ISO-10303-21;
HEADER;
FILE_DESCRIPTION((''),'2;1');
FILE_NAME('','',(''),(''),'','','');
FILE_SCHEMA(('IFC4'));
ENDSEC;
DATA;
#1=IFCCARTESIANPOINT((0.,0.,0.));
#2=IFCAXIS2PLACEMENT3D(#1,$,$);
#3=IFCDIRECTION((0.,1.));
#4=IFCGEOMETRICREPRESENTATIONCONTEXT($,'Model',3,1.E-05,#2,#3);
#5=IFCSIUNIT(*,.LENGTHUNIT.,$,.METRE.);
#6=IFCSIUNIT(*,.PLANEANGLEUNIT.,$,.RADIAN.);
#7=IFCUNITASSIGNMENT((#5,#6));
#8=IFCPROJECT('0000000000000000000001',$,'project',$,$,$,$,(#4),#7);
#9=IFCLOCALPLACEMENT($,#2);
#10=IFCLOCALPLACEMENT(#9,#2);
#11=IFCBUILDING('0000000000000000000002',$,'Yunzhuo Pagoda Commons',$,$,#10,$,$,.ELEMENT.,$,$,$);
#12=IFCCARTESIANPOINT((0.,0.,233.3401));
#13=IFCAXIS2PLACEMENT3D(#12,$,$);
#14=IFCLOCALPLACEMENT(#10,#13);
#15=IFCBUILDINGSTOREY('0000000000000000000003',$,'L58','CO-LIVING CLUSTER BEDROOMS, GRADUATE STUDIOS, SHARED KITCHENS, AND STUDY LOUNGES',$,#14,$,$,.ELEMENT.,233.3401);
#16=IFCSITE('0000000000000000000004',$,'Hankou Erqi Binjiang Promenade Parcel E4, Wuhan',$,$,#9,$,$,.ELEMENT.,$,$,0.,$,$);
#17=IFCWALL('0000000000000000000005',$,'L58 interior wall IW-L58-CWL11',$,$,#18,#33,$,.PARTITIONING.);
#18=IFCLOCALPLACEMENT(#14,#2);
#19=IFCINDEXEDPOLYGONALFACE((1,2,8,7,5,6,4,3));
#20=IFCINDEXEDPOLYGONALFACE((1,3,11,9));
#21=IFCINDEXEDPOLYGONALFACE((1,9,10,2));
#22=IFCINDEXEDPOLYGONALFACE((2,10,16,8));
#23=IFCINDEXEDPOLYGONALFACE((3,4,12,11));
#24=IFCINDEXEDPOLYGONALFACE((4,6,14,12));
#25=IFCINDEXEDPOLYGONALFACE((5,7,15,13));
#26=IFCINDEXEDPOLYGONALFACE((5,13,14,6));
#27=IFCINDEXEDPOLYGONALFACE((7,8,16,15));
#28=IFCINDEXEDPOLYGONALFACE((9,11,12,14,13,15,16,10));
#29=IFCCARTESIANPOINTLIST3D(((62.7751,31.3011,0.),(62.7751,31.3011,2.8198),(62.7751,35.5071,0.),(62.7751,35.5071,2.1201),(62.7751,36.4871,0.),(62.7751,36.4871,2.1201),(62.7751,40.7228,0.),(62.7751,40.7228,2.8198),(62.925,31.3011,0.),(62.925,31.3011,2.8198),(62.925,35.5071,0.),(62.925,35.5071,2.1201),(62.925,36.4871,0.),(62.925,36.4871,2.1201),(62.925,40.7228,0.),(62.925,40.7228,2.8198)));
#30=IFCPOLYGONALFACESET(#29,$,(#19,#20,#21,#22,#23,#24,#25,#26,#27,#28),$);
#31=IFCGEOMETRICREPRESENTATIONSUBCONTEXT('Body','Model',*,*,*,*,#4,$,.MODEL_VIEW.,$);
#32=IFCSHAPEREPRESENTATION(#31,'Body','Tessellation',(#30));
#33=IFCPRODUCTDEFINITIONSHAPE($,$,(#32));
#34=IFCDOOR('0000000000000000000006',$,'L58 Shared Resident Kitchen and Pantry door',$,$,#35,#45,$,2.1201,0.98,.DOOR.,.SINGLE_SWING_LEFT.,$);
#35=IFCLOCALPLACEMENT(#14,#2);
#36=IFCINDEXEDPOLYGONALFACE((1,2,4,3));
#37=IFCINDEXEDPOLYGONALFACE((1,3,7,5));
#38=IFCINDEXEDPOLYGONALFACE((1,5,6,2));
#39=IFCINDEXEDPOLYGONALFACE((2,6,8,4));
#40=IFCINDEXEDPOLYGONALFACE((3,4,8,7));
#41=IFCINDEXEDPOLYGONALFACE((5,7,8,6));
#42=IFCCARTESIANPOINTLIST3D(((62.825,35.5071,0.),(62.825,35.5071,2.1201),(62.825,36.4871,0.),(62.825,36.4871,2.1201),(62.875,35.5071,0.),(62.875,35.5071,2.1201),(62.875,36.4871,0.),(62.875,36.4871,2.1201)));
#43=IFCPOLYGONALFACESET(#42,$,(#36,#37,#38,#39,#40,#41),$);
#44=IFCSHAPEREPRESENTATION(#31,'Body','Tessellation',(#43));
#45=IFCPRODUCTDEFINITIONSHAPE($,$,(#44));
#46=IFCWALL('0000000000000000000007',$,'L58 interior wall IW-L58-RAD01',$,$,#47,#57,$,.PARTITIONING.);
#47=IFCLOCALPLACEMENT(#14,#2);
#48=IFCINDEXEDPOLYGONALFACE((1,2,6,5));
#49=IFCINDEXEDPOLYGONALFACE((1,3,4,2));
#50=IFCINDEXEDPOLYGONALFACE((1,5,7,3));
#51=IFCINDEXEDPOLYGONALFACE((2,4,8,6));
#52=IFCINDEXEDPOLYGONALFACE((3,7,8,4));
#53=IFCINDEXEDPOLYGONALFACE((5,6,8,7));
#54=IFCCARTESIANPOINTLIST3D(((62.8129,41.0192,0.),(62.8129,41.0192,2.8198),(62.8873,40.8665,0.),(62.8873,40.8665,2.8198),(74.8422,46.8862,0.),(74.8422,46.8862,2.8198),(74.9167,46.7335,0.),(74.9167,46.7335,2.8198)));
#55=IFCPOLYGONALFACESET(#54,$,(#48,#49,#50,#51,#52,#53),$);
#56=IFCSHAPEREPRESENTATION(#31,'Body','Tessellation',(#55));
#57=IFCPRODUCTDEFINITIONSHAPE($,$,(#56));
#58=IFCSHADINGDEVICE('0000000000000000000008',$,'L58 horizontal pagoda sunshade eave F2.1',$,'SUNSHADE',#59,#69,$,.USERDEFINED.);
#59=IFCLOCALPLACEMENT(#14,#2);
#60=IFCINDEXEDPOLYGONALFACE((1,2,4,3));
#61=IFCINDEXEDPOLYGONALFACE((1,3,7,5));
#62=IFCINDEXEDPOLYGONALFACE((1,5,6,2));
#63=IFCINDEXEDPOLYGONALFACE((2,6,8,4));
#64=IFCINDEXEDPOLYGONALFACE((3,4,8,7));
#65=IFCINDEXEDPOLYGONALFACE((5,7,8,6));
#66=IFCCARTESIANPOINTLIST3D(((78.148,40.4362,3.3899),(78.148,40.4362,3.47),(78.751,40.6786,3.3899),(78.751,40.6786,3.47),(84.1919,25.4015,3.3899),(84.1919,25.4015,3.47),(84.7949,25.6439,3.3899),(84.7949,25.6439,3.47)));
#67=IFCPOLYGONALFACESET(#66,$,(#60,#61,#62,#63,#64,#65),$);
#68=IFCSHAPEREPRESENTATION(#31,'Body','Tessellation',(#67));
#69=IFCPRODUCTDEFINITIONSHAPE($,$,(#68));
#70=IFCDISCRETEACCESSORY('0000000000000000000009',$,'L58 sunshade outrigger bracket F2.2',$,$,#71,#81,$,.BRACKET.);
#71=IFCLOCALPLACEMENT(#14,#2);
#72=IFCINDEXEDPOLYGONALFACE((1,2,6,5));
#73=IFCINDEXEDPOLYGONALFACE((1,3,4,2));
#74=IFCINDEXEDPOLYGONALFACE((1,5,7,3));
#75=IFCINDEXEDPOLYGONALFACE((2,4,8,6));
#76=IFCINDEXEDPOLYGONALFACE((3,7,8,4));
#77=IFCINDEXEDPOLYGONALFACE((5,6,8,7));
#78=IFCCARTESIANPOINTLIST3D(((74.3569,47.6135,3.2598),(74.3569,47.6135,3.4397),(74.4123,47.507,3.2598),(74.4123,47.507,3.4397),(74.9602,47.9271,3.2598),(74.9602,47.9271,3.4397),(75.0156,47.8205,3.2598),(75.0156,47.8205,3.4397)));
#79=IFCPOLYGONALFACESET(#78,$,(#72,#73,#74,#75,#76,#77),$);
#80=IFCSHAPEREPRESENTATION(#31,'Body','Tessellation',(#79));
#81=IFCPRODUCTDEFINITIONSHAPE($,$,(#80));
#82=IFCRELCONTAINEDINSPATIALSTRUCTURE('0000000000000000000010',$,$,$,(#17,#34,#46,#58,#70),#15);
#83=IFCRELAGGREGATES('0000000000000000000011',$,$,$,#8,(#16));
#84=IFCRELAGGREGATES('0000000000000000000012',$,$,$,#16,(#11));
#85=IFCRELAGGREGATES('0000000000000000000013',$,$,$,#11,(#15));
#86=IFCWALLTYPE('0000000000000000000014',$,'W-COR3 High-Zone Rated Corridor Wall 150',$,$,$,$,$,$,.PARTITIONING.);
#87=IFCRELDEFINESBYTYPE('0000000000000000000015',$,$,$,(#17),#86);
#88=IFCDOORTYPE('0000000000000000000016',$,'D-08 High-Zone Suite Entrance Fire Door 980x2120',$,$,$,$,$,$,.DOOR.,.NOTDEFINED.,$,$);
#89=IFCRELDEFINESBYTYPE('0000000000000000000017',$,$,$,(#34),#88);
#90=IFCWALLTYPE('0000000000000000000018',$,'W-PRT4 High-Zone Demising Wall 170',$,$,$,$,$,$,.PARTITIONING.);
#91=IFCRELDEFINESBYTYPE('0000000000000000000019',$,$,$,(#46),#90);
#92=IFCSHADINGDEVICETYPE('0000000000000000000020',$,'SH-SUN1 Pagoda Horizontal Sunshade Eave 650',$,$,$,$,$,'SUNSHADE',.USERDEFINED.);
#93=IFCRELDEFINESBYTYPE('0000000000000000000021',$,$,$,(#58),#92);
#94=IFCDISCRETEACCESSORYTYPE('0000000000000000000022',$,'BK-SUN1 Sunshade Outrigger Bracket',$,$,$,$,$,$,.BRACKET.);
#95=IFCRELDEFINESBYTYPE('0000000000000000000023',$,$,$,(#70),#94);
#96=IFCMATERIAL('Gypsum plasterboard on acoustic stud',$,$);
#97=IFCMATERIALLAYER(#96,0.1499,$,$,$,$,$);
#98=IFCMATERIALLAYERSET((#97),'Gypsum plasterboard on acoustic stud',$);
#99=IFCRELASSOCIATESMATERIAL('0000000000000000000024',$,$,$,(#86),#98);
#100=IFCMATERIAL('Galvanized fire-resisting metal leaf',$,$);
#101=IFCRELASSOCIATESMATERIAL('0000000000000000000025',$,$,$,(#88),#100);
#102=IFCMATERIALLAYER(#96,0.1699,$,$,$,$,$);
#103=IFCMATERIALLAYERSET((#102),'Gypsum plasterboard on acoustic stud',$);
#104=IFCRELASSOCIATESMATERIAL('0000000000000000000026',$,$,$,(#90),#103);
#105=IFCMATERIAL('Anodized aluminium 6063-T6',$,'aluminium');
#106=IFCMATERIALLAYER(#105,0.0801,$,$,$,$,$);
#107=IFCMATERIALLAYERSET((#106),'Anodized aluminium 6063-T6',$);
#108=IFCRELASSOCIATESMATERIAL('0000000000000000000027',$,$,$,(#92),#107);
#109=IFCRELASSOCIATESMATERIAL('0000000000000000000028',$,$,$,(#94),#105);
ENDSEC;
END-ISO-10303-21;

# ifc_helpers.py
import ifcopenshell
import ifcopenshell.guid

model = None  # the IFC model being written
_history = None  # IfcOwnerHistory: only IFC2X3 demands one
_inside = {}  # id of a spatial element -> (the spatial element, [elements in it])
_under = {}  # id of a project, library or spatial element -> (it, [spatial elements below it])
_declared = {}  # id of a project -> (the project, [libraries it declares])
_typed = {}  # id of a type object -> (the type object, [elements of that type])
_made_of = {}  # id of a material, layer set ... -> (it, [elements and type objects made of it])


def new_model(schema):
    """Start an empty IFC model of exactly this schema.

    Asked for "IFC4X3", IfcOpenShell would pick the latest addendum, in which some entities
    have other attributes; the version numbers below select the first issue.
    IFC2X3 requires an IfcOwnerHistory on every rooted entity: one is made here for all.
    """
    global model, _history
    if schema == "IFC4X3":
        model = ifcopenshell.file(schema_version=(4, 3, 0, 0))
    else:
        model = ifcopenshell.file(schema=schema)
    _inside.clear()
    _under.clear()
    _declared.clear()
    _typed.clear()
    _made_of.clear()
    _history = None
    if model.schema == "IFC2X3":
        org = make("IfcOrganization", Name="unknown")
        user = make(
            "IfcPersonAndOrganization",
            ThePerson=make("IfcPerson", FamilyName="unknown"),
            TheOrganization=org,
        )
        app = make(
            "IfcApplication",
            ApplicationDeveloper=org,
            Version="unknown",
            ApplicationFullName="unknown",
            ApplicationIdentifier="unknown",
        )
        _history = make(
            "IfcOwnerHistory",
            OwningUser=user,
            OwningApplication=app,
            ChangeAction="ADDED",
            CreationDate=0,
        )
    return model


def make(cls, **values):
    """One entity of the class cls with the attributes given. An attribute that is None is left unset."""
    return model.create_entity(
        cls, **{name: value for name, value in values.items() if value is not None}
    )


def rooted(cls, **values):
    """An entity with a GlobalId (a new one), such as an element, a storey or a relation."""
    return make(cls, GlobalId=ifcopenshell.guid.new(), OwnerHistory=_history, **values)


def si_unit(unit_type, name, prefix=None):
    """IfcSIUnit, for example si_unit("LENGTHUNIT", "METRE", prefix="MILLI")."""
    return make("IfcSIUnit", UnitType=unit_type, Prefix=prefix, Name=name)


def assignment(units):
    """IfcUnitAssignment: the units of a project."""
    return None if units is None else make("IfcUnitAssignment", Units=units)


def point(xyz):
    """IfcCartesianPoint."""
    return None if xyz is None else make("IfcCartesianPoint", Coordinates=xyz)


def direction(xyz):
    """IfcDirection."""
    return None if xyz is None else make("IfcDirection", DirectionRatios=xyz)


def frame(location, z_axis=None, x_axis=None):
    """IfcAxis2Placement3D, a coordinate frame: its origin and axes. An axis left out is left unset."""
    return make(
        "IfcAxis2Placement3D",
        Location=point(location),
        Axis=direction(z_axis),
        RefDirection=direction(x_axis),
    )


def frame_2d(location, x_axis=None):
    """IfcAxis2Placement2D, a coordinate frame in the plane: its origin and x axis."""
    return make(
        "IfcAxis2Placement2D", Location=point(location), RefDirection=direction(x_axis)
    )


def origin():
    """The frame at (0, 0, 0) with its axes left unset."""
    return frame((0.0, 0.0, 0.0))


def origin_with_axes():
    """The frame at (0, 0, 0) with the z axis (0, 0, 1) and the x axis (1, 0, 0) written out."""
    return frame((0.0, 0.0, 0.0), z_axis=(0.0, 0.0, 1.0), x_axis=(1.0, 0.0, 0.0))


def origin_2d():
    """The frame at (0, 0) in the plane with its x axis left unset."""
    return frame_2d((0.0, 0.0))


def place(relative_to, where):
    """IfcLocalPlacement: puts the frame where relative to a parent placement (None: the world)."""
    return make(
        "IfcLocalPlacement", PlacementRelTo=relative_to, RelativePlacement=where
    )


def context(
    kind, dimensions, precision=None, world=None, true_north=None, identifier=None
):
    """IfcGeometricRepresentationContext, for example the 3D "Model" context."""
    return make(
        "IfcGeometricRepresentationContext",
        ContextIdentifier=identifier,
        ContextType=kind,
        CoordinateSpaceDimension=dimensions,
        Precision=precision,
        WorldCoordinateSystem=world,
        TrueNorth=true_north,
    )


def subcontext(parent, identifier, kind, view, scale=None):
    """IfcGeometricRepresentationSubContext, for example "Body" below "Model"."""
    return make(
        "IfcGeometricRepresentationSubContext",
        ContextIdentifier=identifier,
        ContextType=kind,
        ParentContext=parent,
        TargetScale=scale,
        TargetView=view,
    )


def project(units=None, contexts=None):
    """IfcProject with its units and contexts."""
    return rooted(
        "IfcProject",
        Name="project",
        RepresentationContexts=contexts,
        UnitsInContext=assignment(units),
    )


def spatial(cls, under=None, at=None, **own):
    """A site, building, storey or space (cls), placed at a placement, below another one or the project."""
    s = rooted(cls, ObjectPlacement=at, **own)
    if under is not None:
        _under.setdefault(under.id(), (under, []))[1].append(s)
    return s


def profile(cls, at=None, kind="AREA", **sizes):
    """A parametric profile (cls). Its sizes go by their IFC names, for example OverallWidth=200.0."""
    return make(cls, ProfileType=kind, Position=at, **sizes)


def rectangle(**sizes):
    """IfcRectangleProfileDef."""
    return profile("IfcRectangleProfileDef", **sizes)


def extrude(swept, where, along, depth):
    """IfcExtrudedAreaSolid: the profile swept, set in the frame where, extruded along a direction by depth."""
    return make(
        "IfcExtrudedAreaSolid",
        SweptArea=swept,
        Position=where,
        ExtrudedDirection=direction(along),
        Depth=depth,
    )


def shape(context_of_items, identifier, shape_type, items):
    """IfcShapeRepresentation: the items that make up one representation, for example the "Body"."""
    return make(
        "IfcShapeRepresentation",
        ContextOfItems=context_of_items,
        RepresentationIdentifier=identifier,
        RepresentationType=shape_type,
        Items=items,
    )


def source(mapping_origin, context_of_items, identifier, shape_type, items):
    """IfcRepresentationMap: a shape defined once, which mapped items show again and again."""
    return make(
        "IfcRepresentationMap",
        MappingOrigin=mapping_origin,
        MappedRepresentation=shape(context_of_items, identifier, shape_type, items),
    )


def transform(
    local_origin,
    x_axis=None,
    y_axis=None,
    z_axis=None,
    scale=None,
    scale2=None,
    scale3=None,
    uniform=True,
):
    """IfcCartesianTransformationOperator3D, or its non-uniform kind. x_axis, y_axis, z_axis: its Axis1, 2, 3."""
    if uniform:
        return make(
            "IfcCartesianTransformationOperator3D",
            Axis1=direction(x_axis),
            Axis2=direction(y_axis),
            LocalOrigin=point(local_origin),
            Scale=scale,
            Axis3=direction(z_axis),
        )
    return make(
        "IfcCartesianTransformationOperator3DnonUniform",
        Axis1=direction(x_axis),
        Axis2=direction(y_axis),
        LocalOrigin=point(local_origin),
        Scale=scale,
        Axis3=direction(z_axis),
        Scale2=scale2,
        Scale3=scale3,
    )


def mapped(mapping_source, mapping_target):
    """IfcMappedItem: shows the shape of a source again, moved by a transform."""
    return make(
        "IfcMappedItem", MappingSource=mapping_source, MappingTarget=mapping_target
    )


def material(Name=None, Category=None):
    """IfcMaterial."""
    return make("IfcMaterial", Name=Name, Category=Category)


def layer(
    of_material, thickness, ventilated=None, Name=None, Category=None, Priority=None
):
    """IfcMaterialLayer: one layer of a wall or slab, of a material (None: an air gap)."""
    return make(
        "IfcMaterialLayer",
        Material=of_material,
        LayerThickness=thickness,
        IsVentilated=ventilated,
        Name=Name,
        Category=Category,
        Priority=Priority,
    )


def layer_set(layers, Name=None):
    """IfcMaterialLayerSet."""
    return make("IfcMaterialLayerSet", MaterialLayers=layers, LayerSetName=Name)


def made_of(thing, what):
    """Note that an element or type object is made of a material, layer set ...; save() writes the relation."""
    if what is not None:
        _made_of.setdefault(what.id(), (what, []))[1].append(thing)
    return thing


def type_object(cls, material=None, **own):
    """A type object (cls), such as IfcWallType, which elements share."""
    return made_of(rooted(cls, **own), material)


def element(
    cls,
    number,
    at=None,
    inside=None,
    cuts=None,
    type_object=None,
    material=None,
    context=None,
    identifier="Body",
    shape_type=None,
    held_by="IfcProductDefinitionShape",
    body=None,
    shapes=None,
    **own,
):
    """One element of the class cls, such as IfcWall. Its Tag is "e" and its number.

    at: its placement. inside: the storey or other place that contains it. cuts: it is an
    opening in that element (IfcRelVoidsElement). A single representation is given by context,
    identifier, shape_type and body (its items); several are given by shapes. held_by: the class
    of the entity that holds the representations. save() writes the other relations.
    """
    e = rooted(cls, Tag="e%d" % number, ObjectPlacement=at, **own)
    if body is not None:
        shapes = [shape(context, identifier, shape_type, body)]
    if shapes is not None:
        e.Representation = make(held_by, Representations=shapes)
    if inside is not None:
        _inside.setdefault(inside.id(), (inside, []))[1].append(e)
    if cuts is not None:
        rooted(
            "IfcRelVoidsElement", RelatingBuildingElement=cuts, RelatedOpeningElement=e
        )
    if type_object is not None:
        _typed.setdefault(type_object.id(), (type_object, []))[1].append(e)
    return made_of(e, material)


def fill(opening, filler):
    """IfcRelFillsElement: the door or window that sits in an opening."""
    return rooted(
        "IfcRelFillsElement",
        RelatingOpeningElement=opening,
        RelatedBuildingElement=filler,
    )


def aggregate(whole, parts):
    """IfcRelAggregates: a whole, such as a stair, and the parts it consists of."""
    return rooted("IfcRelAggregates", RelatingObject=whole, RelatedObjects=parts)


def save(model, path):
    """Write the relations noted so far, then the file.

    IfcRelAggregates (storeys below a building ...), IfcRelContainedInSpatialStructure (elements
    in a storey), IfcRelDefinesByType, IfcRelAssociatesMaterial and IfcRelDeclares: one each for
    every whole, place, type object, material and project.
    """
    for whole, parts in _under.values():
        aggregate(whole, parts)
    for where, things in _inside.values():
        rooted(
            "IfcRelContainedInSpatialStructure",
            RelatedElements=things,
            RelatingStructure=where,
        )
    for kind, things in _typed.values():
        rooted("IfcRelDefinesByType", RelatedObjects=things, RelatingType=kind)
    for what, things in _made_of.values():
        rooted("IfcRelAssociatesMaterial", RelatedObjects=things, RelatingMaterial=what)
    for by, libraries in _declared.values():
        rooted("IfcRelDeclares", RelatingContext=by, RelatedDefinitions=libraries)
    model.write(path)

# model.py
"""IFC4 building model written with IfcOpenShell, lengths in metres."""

from ifc_helpers import new_model, si_unit, direction, frame, frame_2d, origin, origin_with_axes, origin_2d, place, context, subcontext, project, spatial, rectangle, extrude, source, transform, mapped, material, layer, layer_set, type_object, element, fill, save


model = new_model("IFC4")

# Units and contexts
model_context = context("Model", 3, precision=1e-05, world=origin(), true_north=direction((0.0, 1.0)))
body_context = subcontext(model_context, "Body", "Model", "MODEL_VIEW")
ifc_project = project(units=[si_unit("LENGTHUNIT", "METRE"), si_unit("PLANEANGLEUNIT", "RADIAN")], contexts=[model_context])

# Site, building, storey
site_placement = place(None, origin())
site = spatial("IfcSite", under=ifc_project, at=site_placement, Name="Hankou Erqi Binjiang Promenade Parcel E4, Wuhan", CompositionType="ELEMENT", RefElevation=0.0)
building_placement = place(site_placement, origin())
building = spatial("IfcBuilding", under=site, at=building_placement, Name="Yunzhuo Pagoda Commons", CompositionType="ELEMENT")
storey_placement = place(building_placement, frame((0.0, 0.0, 233.3401)))
storey = spatial("IfcBuildingStorey", under=building, at=storey_placement, Name="L58", Description="CO-LIVING CLUSTER BEDROOMS, GRADUATE STUDIOS, SHARED KITCHENS, AND STUDY LOUNGES", CompositionType="ELEMENT", Elevation=233.3401)

# Shared definitions
ifc_material_1 = material(Name="Anodized aluminium 6063-T6", Category="aluminium")

# Shared definitions
ifc_material_2 = material(Name="Gypsum plasterboard on acoustic stud")
ifc_layer_1 = layer(ifc_material_2, 0.1499)
ifc_layer_set_1 = layer_set([ifc_layer_1], Name="Gypsum plasterboard on acoustic stud")
wall_type_1 = type_object("IfcWallType", Name="W-COR3 High-Zone Rated Corridor Wall 150", PredefinedType="PARTITIONING", material=ifc_layer_set_1)

# Wall, opening, door
wall_1_placement = place(storey_placement, frame((62.8501, 40.7229, 0.0), z_axis=(0.0, 0.0, 1.0), x_axis=(0.0, -1.0, 0.0)))
wall_1 = element("IfcWall", 1, at=wall_1_placement, inside=storey, type_object=wall_type_1, Name="L58 interior wall IW-L58-CWL11", PredefinedType="PARTITIONING", context=body_context, shape_type="SweptSolid", body=[
    extrude(rectangle(XDim=9.4216, YDim=0.1499, at=frame_2d((4.7109, 0.0))), origin(), (0.0, 0.0, 1.0), 2.8198),
])
opening_placement = place(wall_1_placement, frame((4.2358, 0.0, 0.0)))
opening = element("IfcOpeningElement", 2, at=opening_placement, cuts=wall_1, PredefinedType="OPENING", context=body_context, shape_type="SweptSolid", body=[
    extrude(rectangle(XDim=0.98, YDim=2.1201, at=frame_2d((0.49, 1.0601))), frame((0.0, 0.085, 0.0), z_axis=(0.0, -1.0, 0.0), x_axis=(1.0, 0.0, 0.0)), (0.0, 0.0, 1.0), 0.1699),
])
ifc_material_3 = material(Name="Galvanized fire-resisting metal leaf")
door_type = type_object("IfcDoorType", Name="D-08 High-Zone Suite Entrance Fire Door 980x2120", OperationType="NOTDEFINED", PredefinedType="DOOR", material=ifc_material_3)
shared_shape_1 = source(origin(), body_context, "Body", "SweptSolid", [
    extrude(rectangle(XDim=0.98, YDim=2.1201, at=frame_2d((0.49, 1.0601))), frame((0.0, 0.0249, 0.0), z_axis=(0.0, -1.0, 0.0), x_axis=(1.0, 0.0, 0.0)), (0.0, 0.0, 1.0), 0.05),
])
door_placement = place(opening_placement, origin_with_axes())
door = element("IfcDoor", 3, at=door_placement, inside=storey, type_object=door_type, Name="L58 Shared Resident Kitchen and Pantry door", OperationType="SINGLE_SWING_LEFT", OverallHeight=2.1201, OverallWidth=0.98, PredefinedType="DOOR", context=body_context, shape_type="MappedRepresentation", body=[
    mapped(shared_shape_1, transform((0.0, 0.0, 0.0), scale=1.0)),
])
fill(opening, door)

# Wall
ifc_layer_2 = layer(ifc_material_2, 0.1699)
ifc_layer_set_2 = layer_set([ifc_layer_2], Name="Gypsum plasterboard on acoustic stud")
wall_type_2 = type_object("IfcWallType", Name="W-PRT4 High-Zone Demising Wall 170", PredefinedType="PARTITIONING", material=ifc_layer_set_2)
wall_2_placement = place(storey_placement, frame((62.8501, 40.9429, 0.0), z_axis=(0.0, 0.0, 1.0), x_axis=(0.898798, 0.438363, 0.0)))
element("IfcWall", 4, at=wall_2_placement, inside=storey, type_object=wall_type_2, Name="L58 interior wall IW-L58-RAD01", PredefinedType="PARTITIONING", context=body_context, shape_type="SweptSolid", body=[
    extrude(rectangle(XDim=13.3838, YDim=0.1699, at=frame_2d((6.6919, 0.0))), origin(), (0.0, 0.0, 1.0), 2.8198),
])

# Shading device
ifc_layer_3 = layer(ifc_material_1, 0.0801)
ifc_layer_set_3 = layer_set([ifc_layer_3], Name="Anodized aluminium 6063-T6")
shading_device_type = type_object("IfcShadingDeviceType", Name="SH-SUN1 Pagoda Horizontal Sunshade Eave 650", ElementType="SUNSHADE", PredefinedType="USERDEFINED", material=ifc_layer_set_3)
shared_shape_2 = source(origin(), body_context, "Body", "SweptSolid", [
    extrude(rectangle(XDim=16.2041, YDim=0.6499, at=origin_2d()), origin(), (0.0, 0.0, 1.0), 0.0801),
])
shading_device_placement = place(storey_placement, frame((81.4714, 33.04, 3.3899), z_axis=(0.0, 0.0, 1.0), x_axis=(-0.372988, 0.927836, 0.0)))
element("IfcShadingDevice", 5, at=shading_device_placement, inside=storey, type_object=shading_device_type, Name="L58 horizontal pagoda sunshade eave F2.1", ObjectType="SUNSHADE", PredefinedType="USERDEFINED", context=body_context, shape_type="MappedRepresentation", body=[
    mapped(shared_shape_2, transform((0.0, 0.0, 0.0), scale=1.0)),
])

# Discrete accessory
discrete_accessory_type = type_object("IfcDiscreteAccessoryType", Name="BK-SUN1 Sunshade Outrigger Bracket", PredefinedType="BRACKET", material=ifc_material_1)
shared_shape_3 = source(origin(), body_context, "Body", "SweptSolid", [
    extrude(rectangle(XDim=0.1201, YDim=0.6799, at=origin_2d()), origin(), (0.0, 0.0, 1.0), 0.1799),
])
discrete_accessory_placement = place(storey_placement, frame((74.6863, 47.717, 3.2598), z_axis=(0.0, 0.0, 1.0), x_axis=(-0.461207, 0.887293, 0.0)))
element("IfcDiscreteAccessory", 6, at=discrete_accessory_placement, inside=storey, type_object=discrete_accessory_type, Name="L58 sunshade outrigger bracket F2.2", PredefinedType="BRACKET", context=body_context, shape_type="MappedRepresentation", body=[
    mapped(shared_shape_3, transform((0.0, 0.0, 0.0), scale=1.0)),
])

save(model, "model.ifc")
